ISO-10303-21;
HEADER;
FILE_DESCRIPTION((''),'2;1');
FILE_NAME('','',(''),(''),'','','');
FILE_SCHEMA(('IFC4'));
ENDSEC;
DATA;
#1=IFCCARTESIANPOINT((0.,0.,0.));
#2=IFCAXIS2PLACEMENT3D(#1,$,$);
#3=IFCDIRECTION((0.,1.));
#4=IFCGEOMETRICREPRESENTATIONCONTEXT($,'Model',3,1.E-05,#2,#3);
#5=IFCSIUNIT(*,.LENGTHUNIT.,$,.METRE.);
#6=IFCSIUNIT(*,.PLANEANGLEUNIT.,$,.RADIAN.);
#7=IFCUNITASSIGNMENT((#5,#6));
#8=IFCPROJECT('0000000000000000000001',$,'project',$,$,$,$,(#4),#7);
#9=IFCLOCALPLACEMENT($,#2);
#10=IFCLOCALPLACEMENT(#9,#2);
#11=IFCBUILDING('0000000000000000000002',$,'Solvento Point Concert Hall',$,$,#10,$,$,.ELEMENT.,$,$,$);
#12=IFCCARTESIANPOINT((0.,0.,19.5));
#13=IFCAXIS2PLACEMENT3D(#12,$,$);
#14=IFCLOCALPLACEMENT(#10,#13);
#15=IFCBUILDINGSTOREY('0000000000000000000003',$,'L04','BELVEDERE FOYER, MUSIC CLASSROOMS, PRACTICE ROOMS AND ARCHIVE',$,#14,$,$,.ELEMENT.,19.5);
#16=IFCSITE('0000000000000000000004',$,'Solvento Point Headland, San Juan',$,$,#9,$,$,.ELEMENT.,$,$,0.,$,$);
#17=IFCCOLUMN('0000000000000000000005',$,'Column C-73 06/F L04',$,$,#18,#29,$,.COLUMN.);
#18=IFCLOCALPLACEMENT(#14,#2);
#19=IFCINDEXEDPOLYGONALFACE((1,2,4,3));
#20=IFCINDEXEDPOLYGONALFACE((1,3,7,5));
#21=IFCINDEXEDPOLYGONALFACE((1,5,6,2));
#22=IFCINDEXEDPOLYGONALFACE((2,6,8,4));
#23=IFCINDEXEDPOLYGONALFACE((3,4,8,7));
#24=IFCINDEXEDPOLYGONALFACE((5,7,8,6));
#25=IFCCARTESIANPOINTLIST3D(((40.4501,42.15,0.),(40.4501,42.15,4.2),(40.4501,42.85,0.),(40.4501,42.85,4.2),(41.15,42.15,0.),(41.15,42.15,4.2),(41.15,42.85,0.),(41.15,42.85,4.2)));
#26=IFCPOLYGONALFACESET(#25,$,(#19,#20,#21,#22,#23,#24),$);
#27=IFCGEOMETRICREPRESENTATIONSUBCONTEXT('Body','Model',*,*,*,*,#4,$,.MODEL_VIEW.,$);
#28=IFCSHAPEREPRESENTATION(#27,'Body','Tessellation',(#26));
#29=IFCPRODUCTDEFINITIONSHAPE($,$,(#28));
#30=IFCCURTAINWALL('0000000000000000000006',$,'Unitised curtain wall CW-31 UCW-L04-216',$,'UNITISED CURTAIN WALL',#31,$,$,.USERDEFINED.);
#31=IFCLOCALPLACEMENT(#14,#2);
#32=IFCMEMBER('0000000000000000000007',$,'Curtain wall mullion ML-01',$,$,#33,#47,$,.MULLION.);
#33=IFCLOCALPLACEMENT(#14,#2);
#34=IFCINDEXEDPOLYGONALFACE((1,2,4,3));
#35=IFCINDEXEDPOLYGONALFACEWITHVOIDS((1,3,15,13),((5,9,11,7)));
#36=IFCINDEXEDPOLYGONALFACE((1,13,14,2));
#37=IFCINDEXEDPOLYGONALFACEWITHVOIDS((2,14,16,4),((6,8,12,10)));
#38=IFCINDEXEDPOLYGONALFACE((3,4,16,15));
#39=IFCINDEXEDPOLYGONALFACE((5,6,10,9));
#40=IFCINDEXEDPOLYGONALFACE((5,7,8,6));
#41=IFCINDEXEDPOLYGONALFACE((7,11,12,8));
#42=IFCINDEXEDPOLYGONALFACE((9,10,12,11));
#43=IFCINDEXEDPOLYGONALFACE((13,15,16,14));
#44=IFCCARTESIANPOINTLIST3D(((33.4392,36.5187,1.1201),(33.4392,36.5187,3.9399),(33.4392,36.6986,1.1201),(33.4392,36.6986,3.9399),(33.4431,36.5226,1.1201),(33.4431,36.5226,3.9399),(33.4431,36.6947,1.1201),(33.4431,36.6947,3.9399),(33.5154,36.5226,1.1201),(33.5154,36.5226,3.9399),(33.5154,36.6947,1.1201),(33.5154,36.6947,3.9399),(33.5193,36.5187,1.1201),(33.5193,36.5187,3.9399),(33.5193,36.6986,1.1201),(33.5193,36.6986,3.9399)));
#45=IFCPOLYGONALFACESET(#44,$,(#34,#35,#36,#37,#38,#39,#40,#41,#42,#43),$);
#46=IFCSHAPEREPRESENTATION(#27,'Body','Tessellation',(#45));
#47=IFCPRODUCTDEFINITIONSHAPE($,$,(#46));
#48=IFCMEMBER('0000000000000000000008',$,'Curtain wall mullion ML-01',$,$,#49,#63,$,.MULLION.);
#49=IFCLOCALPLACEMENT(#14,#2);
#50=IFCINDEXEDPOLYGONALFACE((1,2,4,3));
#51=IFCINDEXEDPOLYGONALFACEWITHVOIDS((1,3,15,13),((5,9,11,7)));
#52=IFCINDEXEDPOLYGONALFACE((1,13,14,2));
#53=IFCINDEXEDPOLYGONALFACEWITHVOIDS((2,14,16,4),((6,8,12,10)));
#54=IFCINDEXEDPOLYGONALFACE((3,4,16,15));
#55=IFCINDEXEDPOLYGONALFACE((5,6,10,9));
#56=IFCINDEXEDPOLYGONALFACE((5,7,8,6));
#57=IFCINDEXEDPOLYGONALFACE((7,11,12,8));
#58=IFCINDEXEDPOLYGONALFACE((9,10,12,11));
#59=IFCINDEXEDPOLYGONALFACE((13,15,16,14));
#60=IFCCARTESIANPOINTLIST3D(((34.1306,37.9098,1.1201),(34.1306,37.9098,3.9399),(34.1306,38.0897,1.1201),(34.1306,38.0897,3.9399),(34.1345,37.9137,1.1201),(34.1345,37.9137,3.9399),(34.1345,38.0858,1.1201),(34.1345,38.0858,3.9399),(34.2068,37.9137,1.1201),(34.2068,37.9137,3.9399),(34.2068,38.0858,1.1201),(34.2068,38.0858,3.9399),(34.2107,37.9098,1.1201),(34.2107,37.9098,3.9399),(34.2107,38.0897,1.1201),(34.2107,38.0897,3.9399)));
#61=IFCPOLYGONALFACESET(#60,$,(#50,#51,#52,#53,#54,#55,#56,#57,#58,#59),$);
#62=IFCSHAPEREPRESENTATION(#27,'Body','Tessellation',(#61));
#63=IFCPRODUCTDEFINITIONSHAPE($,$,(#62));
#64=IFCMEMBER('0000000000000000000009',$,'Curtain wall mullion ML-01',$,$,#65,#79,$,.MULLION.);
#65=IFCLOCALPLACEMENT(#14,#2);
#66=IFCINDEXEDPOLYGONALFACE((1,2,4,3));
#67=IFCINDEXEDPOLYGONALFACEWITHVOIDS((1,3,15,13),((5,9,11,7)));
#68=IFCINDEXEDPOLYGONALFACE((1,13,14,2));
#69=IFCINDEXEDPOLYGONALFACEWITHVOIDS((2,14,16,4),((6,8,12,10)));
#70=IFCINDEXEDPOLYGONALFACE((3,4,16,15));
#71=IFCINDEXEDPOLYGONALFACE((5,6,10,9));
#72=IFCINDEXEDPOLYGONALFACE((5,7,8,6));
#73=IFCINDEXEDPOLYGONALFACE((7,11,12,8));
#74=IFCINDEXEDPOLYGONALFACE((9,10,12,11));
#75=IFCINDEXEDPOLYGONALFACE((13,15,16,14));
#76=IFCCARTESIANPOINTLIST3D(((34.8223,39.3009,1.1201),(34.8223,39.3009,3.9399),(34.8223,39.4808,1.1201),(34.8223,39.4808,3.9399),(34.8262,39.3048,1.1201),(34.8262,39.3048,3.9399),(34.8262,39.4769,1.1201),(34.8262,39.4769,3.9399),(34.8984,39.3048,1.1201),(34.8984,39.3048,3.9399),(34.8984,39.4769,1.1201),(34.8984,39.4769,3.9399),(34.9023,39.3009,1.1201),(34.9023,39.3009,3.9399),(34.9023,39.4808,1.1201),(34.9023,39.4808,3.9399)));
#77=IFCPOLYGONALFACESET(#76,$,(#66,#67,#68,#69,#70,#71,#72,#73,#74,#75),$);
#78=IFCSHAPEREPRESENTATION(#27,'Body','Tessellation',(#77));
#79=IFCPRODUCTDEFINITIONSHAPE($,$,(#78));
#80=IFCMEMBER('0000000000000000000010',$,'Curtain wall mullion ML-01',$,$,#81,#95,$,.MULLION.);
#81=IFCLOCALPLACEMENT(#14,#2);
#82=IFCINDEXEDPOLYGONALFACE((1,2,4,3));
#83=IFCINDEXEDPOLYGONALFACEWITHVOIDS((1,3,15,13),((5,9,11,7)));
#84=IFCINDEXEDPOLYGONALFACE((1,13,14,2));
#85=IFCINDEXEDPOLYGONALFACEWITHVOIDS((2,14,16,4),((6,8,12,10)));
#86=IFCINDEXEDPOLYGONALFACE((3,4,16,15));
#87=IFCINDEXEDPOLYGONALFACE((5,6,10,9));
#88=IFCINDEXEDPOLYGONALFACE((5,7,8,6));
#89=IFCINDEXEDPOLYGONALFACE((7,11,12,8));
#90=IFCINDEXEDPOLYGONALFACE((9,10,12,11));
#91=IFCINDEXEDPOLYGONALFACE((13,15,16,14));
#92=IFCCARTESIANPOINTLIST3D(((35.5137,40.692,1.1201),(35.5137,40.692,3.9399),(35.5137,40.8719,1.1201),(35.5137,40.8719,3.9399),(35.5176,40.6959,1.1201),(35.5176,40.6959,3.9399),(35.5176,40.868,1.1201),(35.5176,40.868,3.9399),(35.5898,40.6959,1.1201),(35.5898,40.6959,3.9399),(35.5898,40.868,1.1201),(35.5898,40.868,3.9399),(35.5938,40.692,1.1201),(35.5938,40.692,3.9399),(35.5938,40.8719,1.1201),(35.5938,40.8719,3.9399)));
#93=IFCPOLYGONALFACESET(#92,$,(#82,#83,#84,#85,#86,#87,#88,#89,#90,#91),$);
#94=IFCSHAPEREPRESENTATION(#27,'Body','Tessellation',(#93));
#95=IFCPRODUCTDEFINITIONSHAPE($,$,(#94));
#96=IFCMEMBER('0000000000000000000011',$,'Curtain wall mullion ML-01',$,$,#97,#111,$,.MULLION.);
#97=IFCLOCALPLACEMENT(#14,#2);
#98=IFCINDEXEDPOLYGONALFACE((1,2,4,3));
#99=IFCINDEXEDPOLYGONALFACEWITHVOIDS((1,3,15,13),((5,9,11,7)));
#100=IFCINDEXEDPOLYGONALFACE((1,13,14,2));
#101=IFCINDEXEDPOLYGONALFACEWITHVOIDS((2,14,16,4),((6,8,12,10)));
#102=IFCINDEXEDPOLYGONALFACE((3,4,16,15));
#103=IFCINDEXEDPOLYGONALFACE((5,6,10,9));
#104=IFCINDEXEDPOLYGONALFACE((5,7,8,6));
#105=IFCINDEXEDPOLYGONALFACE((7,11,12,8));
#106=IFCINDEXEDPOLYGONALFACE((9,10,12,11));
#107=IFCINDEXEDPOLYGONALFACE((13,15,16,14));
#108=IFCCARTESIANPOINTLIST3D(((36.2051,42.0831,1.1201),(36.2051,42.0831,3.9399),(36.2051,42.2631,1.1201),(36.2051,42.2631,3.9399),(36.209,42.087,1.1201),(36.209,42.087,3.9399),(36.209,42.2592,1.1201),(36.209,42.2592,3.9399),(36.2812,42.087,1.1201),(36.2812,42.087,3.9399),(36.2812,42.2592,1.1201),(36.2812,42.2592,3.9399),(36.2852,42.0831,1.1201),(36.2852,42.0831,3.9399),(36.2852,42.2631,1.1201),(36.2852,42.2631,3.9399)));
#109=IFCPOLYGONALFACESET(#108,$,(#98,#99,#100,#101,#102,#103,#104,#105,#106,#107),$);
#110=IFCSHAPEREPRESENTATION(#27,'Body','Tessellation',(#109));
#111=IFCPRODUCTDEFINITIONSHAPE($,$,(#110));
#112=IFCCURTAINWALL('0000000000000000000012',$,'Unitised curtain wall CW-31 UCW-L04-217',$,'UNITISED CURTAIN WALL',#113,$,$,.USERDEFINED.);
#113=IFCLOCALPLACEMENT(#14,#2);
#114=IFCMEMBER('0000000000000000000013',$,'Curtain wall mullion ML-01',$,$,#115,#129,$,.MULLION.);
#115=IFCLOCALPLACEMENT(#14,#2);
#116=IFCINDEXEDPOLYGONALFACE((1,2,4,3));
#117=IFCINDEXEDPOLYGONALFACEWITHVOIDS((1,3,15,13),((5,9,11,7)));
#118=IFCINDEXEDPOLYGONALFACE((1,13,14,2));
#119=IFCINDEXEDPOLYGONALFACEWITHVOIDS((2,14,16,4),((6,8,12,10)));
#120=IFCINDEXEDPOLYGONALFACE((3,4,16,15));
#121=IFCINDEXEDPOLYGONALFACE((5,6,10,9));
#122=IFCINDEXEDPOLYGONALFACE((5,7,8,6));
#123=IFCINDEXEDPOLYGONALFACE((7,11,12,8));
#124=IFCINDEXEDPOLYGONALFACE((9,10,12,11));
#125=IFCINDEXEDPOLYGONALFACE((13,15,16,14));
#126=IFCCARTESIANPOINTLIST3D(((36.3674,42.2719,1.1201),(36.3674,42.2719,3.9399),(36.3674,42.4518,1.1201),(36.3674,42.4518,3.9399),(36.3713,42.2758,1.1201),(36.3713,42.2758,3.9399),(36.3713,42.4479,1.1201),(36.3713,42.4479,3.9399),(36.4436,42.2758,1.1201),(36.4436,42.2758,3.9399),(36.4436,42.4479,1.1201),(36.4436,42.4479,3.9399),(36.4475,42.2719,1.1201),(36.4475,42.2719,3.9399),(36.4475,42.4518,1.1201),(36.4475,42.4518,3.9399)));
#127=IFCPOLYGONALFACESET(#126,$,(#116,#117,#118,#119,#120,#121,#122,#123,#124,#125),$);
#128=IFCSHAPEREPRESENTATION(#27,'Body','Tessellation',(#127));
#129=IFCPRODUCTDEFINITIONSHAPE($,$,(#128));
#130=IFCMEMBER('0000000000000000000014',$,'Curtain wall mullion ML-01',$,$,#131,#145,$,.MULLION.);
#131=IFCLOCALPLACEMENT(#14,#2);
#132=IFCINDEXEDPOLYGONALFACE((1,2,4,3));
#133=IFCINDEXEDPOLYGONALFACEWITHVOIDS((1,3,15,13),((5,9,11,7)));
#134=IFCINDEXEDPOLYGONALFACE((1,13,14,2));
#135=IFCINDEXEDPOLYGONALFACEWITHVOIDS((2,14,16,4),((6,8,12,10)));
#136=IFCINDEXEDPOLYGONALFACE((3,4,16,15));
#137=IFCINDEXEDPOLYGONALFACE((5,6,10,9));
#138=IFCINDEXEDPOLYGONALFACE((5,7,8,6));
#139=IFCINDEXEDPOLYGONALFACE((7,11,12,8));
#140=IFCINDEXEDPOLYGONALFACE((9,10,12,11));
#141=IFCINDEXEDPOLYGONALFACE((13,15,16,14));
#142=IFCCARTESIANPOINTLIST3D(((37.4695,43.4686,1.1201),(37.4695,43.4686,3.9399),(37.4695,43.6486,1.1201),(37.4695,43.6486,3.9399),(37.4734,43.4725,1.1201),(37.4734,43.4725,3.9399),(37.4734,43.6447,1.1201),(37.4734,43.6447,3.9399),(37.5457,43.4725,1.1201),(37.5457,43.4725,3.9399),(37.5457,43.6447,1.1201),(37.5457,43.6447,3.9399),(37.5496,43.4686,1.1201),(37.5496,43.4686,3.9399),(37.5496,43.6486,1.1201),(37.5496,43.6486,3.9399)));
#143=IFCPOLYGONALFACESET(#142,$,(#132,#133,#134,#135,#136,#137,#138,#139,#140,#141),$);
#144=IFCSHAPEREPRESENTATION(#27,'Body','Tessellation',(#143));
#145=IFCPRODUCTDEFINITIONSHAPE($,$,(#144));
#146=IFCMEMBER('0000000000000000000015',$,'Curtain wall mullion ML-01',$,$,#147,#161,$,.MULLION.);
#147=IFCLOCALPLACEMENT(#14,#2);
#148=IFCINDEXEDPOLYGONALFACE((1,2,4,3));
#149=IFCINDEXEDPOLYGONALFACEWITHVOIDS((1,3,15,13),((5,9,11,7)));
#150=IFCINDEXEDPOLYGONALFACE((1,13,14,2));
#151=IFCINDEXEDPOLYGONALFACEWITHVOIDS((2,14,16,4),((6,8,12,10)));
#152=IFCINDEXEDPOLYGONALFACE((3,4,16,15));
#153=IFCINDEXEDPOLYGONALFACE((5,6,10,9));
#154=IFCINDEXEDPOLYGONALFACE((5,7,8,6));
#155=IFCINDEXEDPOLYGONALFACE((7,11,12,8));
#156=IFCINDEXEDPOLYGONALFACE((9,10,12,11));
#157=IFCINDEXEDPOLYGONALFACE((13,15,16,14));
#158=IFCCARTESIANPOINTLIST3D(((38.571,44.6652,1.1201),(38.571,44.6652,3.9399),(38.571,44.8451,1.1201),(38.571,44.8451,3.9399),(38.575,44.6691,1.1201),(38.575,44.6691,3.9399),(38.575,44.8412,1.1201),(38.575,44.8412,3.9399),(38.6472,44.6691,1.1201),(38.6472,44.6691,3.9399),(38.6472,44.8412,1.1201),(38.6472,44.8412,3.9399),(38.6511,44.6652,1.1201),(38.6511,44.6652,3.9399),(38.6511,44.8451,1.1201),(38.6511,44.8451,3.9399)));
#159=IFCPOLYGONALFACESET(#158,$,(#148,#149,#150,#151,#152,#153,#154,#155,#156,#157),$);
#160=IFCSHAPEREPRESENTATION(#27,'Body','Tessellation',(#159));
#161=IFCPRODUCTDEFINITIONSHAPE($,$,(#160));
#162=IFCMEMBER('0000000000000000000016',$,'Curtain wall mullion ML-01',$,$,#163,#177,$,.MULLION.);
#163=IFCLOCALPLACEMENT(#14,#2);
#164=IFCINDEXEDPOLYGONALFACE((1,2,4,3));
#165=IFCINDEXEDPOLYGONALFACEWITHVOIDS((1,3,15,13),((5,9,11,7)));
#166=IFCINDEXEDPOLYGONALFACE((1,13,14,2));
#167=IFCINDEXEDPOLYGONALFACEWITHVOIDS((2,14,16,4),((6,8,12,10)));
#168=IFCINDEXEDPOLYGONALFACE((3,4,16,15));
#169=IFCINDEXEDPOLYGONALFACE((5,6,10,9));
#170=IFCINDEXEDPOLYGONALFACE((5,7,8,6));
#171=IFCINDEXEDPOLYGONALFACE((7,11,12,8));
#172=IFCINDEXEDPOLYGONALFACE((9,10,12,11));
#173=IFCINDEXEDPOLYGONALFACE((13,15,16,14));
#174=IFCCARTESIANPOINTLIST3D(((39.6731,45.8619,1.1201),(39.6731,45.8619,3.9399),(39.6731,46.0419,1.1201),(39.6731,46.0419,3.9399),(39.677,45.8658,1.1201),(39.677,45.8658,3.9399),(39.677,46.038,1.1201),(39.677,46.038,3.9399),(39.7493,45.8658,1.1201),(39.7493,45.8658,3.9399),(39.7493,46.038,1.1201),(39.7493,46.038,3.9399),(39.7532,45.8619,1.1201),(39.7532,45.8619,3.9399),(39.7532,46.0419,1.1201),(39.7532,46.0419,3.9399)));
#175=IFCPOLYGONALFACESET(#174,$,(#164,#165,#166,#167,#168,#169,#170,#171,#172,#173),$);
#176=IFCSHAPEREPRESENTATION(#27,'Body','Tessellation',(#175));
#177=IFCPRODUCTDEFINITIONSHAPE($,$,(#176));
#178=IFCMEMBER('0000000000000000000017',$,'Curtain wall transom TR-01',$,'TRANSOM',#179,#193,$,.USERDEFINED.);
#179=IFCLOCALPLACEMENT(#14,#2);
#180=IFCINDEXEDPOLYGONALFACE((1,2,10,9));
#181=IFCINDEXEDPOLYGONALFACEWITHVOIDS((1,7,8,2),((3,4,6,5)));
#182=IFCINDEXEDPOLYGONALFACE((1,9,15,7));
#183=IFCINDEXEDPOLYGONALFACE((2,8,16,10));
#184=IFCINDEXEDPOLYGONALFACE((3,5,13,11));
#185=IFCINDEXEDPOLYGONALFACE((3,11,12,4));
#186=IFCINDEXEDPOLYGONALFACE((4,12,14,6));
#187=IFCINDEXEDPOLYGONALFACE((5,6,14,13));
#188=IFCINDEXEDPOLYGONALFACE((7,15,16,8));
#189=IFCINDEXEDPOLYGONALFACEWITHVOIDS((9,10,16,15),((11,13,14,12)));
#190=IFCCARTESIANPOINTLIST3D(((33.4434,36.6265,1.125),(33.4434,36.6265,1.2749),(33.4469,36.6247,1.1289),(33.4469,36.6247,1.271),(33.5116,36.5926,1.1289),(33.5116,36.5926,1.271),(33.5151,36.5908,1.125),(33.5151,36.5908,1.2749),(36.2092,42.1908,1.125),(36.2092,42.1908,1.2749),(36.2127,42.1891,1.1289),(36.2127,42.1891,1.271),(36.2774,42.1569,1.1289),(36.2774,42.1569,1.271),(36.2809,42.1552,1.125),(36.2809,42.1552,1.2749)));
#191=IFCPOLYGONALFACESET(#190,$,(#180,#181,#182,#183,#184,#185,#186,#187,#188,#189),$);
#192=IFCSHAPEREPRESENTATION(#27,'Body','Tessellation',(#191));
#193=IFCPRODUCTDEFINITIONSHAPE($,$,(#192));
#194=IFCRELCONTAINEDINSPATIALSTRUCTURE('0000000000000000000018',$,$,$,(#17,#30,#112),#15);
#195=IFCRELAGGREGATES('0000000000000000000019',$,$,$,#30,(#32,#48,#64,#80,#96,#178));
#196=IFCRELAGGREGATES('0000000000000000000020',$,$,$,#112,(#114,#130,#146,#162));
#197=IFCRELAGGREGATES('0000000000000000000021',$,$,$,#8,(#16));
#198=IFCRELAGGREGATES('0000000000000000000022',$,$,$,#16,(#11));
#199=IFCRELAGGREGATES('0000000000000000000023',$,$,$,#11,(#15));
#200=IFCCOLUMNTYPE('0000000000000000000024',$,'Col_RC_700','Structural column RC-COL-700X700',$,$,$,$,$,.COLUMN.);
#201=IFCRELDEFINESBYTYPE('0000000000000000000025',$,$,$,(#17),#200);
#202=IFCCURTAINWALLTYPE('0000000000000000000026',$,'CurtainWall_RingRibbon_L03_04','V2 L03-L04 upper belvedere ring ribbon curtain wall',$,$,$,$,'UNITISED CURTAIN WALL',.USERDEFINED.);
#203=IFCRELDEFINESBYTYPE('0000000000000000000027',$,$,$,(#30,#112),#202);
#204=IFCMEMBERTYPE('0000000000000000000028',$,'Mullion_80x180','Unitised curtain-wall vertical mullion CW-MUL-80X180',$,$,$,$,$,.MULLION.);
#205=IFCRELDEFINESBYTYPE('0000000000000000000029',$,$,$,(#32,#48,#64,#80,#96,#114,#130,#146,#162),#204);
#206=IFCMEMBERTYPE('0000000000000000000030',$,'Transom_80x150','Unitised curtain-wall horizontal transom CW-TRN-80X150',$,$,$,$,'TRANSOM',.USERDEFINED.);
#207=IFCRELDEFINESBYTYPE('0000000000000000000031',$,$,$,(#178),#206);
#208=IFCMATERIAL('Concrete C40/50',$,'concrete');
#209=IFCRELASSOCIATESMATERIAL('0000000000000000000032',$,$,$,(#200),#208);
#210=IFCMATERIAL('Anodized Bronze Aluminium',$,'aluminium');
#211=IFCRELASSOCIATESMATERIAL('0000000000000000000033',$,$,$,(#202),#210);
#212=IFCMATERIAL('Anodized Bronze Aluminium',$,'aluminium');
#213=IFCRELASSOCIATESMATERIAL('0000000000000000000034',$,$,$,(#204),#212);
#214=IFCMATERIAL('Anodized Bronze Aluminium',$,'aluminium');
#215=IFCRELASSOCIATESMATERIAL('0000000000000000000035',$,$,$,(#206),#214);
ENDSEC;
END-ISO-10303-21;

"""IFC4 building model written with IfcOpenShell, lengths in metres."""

from ifc_helpers import new_model, si_unit, direction, frame, origin, origin_2d, place, context, subcontext, project, spatial, rectangle, hollow_rectangle, extrude, material, material_profile, profile_set, type_object, element, aggregate, save


model = new_model("IFC4")

# Units and contexts
model_context = context("Model", 3, precision=1e-05, world=origin(), true_north=direction((0.0, 1.0)))
body_context = subcontext(model_context, "Body", "Model", "MODEL_VIEW")
ifc_project = project(units=[si_unit("LENGTHUNIT", "METRE"), si_unit("PLANEANGLEUNIT", "RADIAN")], contexts=[model_context])

# Site, building, storey
site_placement = place(None, origin())
site = spatial("IfcSite", under=ifc_project, at=site_placement, Name="Solvento Point Headland, San Juan", CompositionType="ELEMENT", RefElevation=0.0)
building_placement = place(site_placement, origin())
building = spatial("IfcBuilding", under=site, at=building_placement, Name="Solvento Point Concert Hall", CompositionType="ELEMENT")
storey_placement = place(building_placement, frame((0.0, 0.0, 19.5)))
storey = spatial("IfcBuildingStorey", under=building, at=storey_placement, Name="L04", Description="BELVEDERE FOYER, MUSIC CLASSROOMS, PRACTICE ROOMS AND ARCHIVE", CompositionType="ELEMENT", Elevation=19.5)

# Column
ifc_material_1 = material(Name="Concrete C40/50", Category="concrete")
ifc_material_profile_1 = material_profile(ifc_material_1, rectangle(XDim=0.7, YDim=0.7, at=origin_2d()), Name="RC-COL-700X700")
ifc_profile_set_1 = profile_set([ifc_material_profile_1], Name="Concrete C40/50")
column_type = type_object("IfcColumnType", Name="Col_RC_700", Description="Structural column RC-COL-700X700", PredefinedType="COLUMN", material=ifc_profile_set_1)
column_placement = place(storey_placement, frame((40.8, 42.5, 0.0), z_axis=(0.0, 0.0, 1.0), x_axis=(1.0, 0.0, 0.0)))
element("IfcColumn", 1, at=column_placement, inside=storey, type_object=column_type, Name="Column C-73 06/F L04", PredefinedType="COLUMN", context=body_context, shape_type="SweptSolid", body=[
    extrude(rectangle(XDim=0.7, YDim=0.7, at=origin_2d()), origin(), (0.0, 0.0, 1.0), 4.2),
])

# Curtain walls, members
ifc_material_2 = material(Name="Anodized Bronze Aluminium", Category="aluminium")
curtain_wall_type = type_object("IfcCurtainWallType", Name="CurtainWall_RingRibbon_L03_04", Description="V2 L03-L04 upper belvedere ring ribbon curtain wall", ElementType="UNITISED CURTAIN WALL", PredefinedType="USERDEFINED", material=ifc_material_2)
curtain_wall_1_placement = place(storey_placement, origin())
curtain_wall_1 = element("IfcCurtainWall", 2, at=curtain_wall_1_placement, inside=storey, type_object=curtain_wall_type, Name="Unitised curtain wall CW-31 UCW-L04-216", ObjectType="UNITISED CURTAIN WALL", PredefinedType="USERDEFINED")
ifc_material_3 = material(Name="Anodized Bronze Aluminium", Category="aluminium")
ifc_material_profile_2 = material_profile(ifc_material_3, hollow_rectangle(XDim=0.0801, YDim=0.1799, WallThickness=0.0039, at=origin_2d()), Name="CW-MUL-80X180")
ifc_profile_set_2 = profile_set([ifc_material_profile_2], Name="Anodized Bronze Aluminium")
member_type_1 = type_object("IfcMemberType", Name="Mullion_80x180", Description="Unitised curtain-wall vertical mullion CW-MUL-80X180", PredefinedType="MULLION", material=ifc_profile_set_2)
member_1_placement = place(storey_placement, frame((33.4792, 36.6086, 1.1201), z_axis=(0.0, 0.0, 1.0), x_axis=(1.0, 0.0, 0.0)))
member_1 = element("IfcMember", 3, at=member_1_placement, type_object=member_type_1, Name="Curtain wall mullion ML-01", PredefinedType="MULLION", context=body_context, shape_type="SweptSolid", body=[
    extrude(hollow_rectangle(XDim=0.0801, YDim=0.1799, WallThickness=0.0039, at=origin_2d()), origin(), (0.0, 0.0, 1.0), 2.8198),
])
member_2_placement = place(storey_placement, frame((34.1707, 37.9998, 1.1201), z_axis=(0.0, 0.0, 1.0), x_axis=(1.0, 0.0, 0.0)))
member_2 = element("IfcMember", 4, at=member_2_placement, type_object=member_type_1, Name="Curtain wall mullion ML-01", PredefinedType="MULLION", context=body_context, shape_type="SweptSolid", body=[
    extrude(hollow_rectangle(XDim=0.0801, YDim=0.1799, WallThickness=0.0039, at=origin_2d()), origin(), (0.0, 0.0, 1.0), 2.8198),
])
member_3_placement = place(storey_placement, frame((34.8623, 39.3909, 1.1201), z_axis=(0.0, 0.0, 1.0), x_axis=(1.0, 0.0, 0.0)))
member_3 = element("IfcMember", 5, at=member_3_placement, type_object=member_type_1, Name="Curtain wall mullion ML-01", PredefinedType="MULLION", context=body_context, shape_type="SweptSolid", body=[
    extrude(hollow_rectangle(XDim=0.0801, YDim=0.1799, WallThickness=0.0039, at=origin_2d()), origin(), (0.0, 0.0, 1.0), 2.8198),
])
member_4_placement = place(storey_placement, frame((35.5537, 40.782, 1.1201), z_axis=(0.0, 0.0, 1.0), x_axis=(1.0, 0.0, 0.0)))
member_4 = element("IfcMember", 6, at=member_4_placement, type_object=member_type_1, Name="Curtain wall mullion ML-01", PredefinedType="MULLION", context=body_context, shape_type="SweptSolid", body=[
    extrude(hollow_rectangle(XDim=0.0801, YDim=0.1799, WallThickness=0.0039, at=origin_2d()), origin(), (0.0, 0.0, 1.0), 2.8198),
])
member_5_placement = place(storey_placement, frame((36.2451, 42.1731, 1.1201), z_axis=(0.0, 0.0, 1.0), x_axis=(1.0, 0.0, 0.0)))
member_5 = element("IfcMember", 7, at=member_5_placement, type_object=member_type_1, Name="Curtain wall mullion ML-01", PredefinedType="MULLION", context=body_context, shape_type="SweptSolid", body=[
    extrude(hollow_rectangle(XDim=0.0801, YDim=0.1799, WallThickness=0.0039, at=origin_2d()), origin(), (0.0, 0.0, 1.0), 2.8198),
])
curtain_wall_2_placement = place(storey_placement, origin())
curtain_wall_2 = element("IfcCurtainWall", 8, at=curtain_wall_2_placement, inside=storey, type_object=curtain_wall_type, Name="Unitised curtain wall CW-31 UCW-L04-217", ObjectType="UNITISED CURTAIN WALL", PredefinedType="USERDEFINED")
member_6_placement = place(storey_placement, frame((36.4075, 42.3618, 1.1201), z_axis=(0.0, 0.0, 1.0), x_axis=(1.0, 0.0, 0.0)))
member_6 = element("IfcMember", 9, at=member_6_placement, type_object=member_type_1, Name="Curtain wall mullion ML-01", PredefinedType="MULLION", context=body_context, shape_type="SweptSolid", body=[
    extrude(hollow_rectangle(XDim=0.0801, YDim=0.1799, WallThickness=0.0039, at=origin_2d()), origin(), (0.0, 0.0, 1.0), 2.8198),
])
member_7_placement = place(storey_placement, frame((37.5095, 43.5586, 1.1201), z_axis=(0.0, 0.0, 1.0), x_axis=(1.0, 0.0, 0.0)))
member_7 = element("IfcMember", 10, at=member_7_placement, type_object=member_type_1, Name="Curtain wall mullion ML-01", PredefinedType="MULLION", context=body_context, shape_type="SweptSolid", body=[
    extrude(hollow_rectangle(XDim=0.0801, YDim=0.1799, WallThickness=0.0039, at=origin_2d()), origin(), (0.0, 0.0, 1.0), 2.8198),
])
member_8_placement = place(storey_placement, frame((38.6111, 44.7551, 1.1201), z_axis=(0.0, 0.0, 1.0), x_axis=(1.0, 0.0, 0.0)))
member_8 = element("IfcMember", 11, at=member_8_placement, type_object=member_type_1, Name="Curtain wall mullion ML-01", PredefinedType="MULLION", context=body_context, shape_type="SweptSolid", body=[
    extrude(hollow_rectangle(XDim=0.0801, YDim=0.1799, WallThickness=0.0039, at=origin_2d()), origin(), (0.0, 0.0, 1.0), 2.8198),
])
member_9_placement = place(storey_placement, frame((39.7131, 45.9519, 1.1201), z_axis=(0.0, 0.0, 1.0), x_axis=(1.0, 0.0, 0.0)))
member_9 = element("IfcMember", 12, at=member_9_placement, type_object=member_type_1, Name="Curtain wall mullion ML-01", PredefinedType="MULLION", context=body_context, shape_type="SweptSolid", body=[
    extrude(hollow_rectangle(XDim=0.0801, YDim=0.1799, WallThickness=0.0039, at=origin_2d()), origin(), (0.0, 0.0, 1.0), 2.8198),
])

# Member
ifc_material_4 = material(Name="Anodized Bronze Aluminium", Category="aluminium")
ifc_material_profile_3 = material_profile(ifc_material_4, hollow_rectangle(XDim=0.0801, YDim=0.1499, WallThickness=0.0039, at=origin_2d()), Name="CW-TRN-80X150")
ifc_profile_set_3 = profile_set([ifc_material_profile_3], Name="Anodized Bronze Aluminium")
member_type_2 = type_object("IfcMemberType", Name="Transom_80x150", Description="Unitised curtain-wall horizontal transom CW-TRN-80X150", ElementType="TRANSOM", PredefinedType="USERDEFINED", material=ifc_profile_set_3)
member_10_placement = place(storey_placement, frame((33.4792, 36.6086, 1.2), z_axis=(0.445106, 0.895478, 0.0), x_axis=(-0.895478, 0.445106, 0.0)))
member_10 = element("IfcMember", 13, at=member_10_placement, type_object=member_type_2, Name="Curtain wall transom TR-01", ObjectType="TRANSOM", PredefinedType="USERDEFINED", context=body_context, shape_type="SweptSolid", body=[
    extrude(hollow_rectangle(XDim=0.0801, YDim=0.1499, WallThickness=0.0039, at=origin_2d()), origin(), (0.0, 0.0, 1.0), 6.2139),
])

aggregate(curtain_wall_1, [member_1, member_2, member_3, member_4, member_5, member_10])
aggregate(curtain_wall_2, [member_6, member_7, member_8, member_9])

save(model, "model.ifc")
